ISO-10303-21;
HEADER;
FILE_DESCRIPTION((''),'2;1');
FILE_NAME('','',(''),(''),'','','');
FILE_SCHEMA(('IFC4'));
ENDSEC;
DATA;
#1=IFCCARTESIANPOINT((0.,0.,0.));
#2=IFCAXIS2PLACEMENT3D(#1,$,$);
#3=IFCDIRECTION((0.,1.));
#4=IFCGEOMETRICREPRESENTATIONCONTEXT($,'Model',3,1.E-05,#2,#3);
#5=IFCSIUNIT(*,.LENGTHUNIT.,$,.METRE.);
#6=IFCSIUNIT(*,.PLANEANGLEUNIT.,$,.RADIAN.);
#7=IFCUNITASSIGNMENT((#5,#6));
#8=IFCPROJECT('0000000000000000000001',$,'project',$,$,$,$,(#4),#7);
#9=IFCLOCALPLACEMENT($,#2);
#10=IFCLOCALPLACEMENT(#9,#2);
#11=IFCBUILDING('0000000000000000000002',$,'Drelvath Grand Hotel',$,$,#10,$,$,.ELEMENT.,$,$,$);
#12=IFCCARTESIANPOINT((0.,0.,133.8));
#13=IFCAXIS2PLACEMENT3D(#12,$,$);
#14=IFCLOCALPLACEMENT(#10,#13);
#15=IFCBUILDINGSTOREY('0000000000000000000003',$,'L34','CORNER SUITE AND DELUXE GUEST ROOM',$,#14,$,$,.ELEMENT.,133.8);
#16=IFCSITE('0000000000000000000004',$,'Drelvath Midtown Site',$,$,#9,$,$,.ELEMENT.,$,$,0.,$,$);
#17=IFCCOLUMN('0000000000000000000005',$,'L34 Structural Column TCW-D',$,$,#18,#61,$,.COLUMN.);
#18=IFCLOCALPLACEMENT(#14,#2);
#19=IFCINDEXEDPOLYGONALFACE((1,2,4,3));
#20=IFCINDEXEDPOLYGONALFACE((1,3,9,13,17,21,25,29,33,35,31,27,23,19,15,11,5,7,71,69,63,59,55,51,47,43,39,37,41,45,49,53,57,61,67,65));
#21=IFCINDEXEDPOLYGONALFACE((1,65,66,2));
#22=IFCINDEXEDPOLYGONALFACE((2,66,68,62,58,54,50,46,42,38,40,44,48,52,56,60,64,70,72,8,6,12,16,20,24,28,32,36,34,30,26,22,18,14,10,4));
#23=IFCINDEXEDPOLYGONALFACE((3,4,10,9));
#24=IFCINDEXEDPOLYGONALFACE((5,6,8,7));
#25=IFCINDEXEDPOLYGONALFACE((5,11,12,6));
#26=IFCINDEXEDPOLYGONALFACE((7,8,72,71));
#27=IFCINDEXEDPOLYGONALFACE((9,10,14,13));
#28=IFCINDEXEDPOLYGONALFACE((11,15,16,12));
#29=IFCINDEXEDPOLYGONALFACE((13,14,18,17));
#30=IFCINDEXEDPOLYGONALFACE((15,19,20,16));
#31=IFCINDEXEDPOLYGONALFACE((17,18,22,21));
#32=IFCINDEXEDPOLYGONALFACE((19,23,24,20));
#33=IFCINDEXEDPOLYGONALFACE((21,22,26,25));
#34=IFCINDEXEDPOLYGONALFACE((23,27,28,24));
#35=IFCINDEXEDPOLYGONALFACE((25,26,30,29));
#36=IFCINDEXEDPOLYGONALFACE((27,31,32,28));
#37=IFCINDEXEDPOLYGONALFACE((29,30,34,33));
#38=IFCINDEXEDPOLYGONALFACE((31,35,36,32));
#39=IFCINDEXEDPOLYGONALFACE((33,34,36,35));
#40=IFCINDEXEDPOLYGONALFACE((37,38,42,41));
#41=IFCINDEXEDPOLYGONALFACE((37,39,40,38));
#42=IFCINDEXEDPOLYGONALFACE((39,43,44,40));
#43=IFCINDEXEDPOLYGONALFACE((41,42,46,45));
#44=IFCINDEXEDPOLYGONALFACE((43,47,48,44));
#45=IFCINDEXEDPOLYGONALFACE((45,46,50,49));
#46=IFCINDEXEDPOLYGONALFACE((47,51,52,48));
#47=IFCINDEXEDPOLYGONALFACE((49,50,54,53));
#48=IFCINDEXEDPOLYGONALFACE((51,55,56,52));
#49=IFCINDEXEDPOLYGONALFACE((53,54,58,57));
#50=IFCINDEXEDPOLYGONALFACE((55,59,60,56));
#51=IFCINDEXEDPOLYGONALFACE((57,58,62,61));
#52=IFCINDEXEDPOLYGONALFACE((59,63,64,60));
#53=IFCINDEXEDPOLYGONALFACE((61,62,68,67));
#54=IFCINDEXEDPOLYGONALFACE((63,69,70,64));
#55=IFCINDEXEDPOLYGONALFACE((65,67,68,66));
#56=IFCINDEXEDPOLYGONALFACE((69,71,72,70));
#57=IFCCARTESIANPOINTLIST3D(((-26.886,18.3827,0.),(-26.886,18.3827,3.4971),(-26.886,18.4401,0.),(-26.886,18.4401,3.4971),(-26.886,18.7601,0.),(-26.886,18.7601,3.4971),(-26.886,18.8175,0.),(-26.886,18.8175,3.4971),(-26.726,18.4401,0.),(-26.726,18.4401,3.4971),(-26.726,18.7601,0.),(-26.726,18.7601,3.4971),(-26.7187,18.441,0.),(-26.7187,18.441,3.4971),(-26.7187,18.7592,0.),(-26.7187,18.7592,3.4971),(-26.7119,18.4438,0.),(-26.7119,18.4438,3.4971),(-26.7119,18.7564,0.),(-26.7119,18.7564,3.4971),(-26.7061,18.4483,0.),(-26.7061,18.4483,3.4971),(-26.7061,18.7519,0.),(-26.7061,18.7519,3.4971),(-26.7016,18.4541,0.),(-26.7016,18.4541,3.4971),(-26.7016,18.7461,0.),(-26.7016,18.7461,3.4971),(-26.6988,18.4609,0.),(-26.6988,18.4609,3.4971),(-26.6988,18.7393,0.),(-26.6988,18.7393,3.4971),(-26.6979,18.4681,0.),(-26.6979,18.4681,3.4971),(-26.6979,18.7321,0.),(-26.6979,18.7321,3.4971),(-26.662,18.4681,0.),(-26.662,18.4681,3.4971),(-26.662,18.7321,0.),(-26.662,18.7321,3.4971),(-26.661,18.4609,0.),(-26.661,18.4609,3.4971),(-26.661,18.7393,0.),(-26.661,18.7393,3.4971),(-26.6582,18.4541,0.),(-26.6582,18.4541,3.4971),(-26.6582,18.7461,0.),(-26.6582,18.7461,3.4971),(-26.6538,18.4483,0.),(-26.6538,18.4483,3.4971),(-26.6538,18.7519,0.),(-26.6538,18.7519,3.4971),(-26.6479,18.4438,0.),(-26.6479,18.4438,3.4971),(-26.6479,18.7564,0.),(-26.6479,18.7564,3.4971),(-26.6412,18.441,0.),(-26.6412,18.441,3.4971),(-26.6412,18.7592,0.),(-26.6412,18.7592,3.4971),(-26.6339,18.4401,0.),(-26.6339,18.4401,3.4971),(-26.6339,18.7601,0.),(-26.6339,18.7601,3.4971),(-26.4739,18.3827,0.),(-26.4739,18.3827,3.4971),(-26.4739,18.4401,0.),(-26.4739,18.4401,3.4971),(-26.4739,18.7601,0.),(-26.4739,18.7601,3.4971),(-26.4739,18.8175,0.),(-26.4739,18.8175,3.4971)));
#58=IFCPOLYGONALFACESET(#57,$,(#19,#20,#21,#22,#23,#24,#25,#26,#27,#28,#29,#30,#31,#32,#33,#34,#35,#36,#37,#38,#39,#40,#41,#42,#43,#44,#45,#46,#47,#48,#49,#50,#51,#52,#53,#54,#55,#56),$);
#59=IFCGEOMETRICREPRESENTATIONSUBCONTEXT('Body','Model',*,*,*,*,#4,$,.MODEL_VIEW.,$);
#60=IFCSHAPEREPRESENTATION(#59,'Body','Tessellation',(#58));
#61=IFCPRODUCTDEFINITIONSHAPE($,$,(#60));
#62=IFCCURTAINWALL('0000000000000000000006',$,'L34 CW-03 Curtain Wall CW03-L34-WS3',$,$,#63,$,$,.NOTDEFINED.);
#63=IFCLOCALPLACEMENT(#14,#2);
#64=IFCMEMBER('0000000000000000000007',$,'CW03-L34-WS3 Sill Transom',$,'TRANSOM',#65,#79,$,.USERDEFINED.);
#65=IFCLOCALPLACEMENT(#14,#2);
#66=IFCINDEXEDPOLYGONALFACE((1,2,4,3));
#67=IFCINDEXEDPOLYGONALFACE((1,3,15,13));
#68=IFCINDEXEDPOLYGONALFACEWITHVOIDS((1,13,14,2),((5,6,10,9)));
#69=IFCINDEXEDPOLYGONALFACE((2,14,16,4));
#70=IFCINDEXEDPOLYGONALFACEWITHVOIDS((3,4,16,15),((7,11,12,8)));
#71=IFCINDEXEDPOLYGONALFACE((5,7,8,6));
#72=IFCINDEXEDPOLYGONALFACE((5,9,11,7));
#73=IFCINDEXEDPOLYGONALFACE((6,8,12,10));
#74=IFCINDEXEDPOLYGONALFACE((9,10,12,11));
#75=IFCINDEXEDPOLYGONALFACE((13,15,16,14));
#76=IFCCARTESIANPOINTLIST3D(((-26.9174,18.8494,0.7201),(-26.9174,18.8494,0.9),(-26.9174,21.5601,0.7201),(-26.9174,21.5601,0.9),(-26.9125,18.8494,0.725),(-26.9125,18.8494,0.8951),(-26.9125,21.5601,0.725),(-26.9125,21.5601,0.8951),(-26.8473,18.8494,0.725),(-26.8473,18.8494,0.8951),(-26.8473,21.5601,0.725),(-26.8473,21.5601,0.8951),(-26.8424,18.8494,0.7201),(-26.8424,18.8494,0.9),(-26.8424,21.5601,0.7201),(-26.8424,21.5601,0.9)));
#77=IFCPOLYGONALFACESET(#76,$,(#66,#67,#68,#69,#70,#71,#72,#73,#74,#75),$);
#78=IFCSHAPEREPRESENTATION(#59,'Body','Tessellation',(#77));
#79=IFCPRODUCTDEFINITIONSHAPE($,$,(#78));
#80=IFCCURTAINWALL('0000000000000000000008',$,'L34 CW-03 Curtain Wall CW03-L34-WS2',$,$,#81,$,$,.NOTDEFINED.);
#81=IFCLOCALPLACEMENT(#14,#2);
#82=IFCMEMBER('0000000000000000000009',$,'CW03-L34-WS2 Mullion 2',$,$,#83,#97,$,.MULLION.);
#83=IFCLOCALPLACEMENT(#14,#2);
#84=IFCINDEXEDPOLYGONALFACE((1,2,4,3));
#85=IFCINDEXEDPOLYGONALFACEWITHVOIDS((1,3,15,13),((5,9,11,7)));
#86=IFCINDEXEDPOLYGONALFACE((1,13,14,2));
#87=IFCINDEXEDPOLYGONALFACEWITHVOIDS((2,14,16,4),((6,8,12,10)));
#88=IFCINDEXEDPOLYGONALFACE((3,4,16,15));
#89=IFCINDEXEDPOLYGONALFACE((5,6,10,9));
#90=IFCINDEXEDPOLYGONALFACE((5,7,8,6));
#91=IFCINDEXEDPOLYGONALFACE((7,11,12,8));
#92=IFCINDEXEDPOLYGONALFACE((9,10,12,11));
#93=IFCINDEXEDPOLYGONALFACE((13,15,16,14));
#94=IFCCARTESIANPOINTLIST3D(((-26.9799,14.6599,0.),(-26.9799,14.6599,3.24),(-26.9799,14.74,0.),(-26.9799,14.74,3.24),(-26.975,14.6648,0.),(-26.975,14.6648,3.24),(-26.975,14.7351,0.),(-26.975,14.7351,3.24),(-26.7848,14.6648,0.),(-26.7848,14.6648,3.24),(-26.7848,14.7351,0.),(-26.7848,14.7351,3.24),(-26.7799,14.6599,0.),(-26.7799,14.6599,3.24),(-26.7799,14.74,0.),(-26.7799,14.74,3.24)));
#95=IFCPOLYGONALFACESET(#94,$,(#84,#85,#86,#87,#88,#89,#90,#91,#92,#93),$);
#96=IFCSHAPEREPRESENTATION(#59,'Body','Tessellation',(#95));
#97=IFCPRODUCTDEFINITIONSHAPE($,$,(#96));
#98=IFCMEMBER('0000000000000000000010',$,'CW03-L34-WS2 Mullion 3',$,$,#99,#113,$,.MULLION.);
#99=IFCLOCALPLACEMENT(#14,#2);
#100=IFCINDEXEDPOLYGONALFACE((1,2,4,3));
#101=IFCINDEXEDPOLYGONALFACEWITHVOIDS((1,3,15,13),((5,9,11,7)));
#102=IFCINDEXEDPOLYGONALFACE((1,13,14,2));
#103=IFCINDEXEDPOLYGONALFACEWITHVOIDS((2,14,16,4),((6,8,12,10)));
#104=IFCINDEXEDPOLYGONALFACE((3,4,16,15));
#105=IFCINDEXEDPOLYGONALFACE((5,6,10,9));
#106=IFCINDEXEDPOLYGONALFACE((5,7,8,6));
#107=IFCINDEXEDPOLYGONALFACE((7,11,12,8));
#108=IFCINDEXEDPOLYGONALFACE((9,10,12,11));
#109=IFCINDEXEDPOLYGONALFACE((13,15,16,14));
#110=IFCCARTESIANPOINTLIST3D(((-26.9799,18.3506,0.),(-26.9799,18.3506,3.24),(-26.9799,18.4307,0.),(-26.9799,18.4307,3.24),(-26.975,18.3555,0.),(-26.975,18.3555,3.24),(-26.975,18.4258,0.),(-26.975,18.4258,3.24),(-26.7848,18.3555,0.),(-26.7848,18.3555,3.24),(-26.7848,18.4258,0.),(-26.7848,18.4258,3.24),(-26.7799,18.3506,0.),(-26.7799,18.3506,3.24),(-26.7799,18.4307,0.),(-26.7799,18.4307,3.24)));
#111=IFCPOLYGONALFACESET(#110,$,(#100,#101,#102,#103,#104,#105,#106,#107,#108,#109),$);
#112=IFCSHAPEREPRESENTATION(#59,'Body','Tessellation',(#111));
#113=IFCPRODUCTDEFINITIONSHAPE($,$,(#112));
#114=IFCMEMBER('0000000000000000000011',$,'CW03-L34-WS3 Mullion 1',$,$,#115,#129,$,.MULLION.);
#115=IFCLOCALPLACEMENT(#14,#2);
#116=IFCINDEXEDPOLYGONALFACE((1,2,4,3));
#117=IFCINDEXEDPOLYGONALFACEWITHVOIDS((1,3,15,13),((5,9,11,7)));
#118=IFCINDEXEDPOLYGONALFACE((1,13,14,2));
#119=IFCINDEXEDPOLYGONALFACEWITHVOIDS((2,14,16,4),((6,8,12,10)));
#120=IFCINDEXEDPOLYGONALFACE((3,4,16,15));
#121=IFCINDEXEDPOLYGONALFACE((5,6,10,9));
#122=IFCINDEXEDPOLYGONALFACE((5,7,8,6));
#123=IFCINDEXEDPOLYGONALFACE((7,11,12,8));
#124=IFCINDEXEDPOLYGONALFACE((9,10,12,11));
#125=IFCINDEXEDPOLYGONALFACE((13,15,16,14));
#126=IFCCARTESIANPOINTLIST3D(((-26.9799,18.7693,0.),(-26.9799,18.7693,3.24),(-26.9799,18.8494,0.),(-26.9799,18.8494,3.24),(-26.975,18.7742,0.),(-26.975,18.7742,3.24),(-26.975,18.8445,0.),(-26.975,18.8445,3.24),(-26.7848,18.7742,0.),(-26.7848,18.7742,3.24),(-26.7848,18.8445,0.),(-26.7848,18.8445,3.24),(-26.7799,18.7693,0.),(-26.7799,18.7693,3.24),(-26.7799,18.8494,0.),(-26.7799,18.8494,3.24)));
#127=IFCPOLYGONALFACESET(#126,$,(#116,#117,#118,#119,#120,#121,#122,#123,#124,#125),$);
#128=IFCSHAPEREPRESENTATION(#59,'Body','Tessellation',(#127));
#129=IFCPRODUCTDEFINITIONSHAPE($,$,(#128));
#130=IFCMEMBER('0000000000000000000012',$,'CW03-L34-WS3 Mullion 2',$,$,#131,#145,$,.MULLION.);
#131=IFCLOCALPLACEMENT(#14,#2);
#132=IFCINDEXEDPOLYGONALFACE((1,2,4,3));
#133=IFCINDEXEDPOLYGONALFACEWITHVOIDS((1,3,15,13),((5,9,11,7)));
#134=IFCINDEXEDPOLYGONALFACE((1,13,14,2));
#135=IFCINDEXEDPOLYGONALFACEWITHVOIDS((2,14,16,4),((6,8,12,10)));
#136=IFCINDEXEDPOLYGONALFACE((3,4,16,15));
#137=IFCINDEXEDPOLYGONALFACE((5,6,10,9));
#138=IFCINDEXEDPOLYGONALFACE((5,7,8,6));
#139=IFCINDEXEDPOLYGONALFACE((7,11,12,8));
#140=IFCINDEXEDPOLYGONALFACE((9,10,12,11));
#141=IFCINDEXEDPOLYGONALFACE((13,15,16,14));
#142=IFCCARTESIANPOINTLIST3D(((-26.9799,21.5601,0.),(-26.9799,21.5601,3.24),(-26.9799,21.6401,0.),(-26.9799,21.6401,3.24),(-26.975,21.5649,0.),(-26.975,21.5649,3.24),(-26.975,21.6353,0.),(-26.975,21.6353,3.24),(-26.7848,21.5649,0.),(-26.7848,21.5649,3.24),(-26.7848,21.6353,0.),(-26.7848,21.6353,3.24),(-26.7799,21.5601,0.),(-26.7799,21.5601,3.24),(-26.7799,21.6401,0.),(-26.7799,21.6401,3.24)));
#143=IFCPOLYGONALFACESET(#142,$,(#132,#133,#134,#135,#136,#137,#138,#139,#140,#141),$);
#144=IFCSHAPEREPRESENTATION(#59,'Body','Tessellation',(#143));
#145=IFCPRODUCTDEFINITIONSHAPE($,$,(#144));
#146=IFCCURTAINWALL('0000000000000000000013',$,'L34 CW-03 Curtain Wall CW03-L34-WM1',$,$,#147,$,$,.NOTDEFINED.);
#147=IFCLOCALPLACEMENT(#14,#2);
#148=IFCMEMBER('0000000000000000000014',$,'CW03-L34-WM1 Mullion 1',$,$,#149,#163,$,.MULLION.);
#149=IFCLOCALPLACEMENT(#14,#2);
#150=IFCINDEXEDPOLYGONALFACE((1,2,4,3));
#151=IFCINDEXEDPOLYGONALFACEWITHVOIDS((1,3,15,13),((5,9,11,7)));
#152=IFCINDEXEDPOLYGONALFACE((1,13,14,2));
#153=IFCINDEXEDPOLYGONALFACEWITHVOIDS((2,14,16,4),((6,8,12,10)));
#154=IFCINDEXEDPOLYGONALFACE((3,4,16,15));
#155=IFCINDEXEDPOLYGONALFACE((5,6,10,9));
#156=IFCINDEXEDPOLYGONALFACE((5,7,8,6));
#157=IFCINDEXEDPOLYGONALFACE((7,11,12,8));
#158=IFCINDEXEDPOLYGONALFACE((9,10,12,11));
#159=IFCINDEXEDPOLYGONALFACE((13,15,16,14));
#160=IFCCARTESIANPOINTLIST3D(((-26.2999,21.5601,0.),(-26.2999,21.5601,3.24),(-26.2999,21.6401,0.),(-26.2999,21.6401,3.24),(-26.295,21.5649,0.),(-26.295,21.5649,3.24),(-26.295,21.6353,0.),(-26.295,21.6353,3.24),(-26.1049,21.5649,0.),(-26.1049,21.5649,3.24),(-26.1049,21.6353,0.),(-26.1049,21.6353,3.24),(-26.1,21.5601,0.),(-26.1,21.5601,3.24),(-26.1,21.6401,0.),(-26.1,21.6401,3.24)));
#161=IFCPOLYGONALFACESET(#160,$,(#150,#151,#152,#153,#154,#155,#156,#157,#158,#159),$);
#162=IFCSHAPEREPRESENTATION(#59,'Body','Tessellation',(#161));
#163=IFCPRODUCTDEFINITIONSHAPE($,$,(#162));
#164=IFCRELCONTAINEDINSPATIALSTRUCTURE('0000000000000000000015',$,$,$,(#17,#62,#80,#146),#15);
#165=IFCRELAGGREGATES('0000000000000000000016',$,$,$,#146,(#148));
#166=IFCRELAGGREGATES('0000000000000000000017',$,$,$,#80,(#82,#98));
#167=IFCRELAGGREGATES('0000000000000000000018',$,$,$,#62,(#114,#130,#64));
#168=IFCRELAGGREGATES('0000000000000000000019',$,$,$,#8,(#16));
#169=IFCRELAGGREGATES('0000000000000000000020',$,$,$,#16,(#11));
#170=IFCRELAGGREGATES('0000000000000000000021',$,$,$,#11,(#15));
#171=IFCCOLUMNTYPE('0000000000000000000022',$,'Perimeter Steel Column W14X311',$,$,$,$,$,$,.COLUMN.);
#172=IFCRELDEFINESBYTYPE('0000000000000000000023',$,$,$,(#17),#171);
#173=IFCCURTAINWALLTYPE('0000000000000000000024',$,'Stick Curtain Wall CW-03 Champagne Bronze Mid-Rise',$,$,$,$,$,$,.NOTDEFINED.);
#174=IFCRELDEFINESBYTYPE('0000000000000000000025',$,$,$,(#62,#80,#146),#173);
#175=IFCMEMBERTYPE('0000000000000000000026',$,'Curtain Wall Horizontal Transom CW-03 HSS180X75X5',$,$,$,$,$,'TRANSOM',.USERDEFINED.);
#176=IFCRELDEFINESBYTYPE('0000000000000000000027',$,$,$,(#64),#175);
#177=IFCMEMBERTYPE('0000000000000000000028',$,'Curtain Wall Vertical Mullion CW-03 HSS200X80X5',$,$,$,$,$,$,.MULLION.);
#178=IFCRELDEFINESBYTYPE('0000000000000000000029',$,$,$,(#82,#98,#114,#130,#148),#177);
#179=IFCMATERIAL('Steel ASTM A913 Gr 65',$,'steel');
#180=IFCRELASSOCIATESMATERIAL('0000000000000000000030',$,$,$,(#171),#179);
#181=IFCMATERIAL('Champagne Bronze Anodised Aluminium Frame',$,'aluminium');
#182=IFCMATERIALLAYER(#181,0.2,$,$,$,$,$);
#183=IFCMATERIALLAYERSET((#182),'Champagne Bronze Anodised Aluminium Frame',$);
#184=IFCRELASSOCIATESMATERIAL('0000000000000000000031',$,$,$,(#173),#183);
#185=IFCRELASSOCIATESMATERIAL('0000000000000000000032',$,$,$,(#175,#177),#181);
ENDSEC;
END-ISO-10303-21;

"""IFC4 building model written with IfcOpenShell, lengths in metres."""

from ifc_helpers import new_model, si_unit, direction, frame, origin, origin_2d, place, context, subcontext, project, spatial, hollow_rectangle, i_section, extrude, material, layer, layer_set, material_profile, profile_set, type_object, element, aggregate, save


model = new_model("IFC4")

# Units and contexts
model_context = context("Model", 3, precision=1e-05, world=origin(), true_north=direction((0.0, 1.0)))
body_context = subcontext(model_context, "Body", "Model", "MODEL_VIEW")
ifc_project = project(units=[si_unit("LENGTHUNIT", "METRE"), si_unit("PLANEANGLEUNIT", "RADIAN")], contexts=[model_context])

# Site, building, storey
site_placement = place(None, origin())
site = spatial("IfcSite", under=ifc_project, at=site_placement, Name="Drelvath Midtown Site", CompositionType="ELEMENT", RefElevation=0.0)
building_placement = place(site_placement, origin())
building = spatial("IfcBuilding", under=site, at=building_placement, Name="Drelvath Grand Hotel", CompositionType="ELEMENT")
storey_placement = place(building_placement, frame((0.0, 0.0, 133.8)))
storey = spatial("IfcBuildingStorey", under=building, at=storey_placement, Name="L34", Description="CORNER SUITE AND DELUXE GUEST ROOM", CompositionType="ELEMENT", Elevation=133.8)

# Column
ifc_material_1 = material(Name="Steel ASTM A913 Gr 65", Category="steel")
ifc_material_profile_1 = material_profile(ifc_material_1, i_section(OverallWidth=0.4121, OverallDepth=0.4348, WebThickness=0.0359, FlangeThickness=0.0574, FilletRadius=0.0281, at=origin_2d()), Name="W14X311")
ifc_profile_set_1 = profile_set([ifc_material_profile_1], Name="Steel ASTM A913 Gr 65")
column_type = type_object("IfcColumnType", Name="Perimeter Steel Column W14X311", PredefinedType="COLUMN", material=ifc_profile_set_1)
column_placement = place(storey_placement, frame((-26.6799, 18.6001, 0.0), z_axis=(0.0, 0.0, 1.0), x_axis=(1.0, 0.0, 0.0)))
element("IfcColumn", 1, at=column_placement, inside=storey, type_object=column_type, Name="L34 Structural Column TCW-D", PredefinedType="COLUMN", context=body_context, shape_type="SweptSolid", body=[
    extrude(i_section(OverallWidth=0.4121, OverallDepth=0.4348, WebThickness=0.0359, FlangeThickness=0.0574, FilletRadius=0.0281, at=origin_2d()), origin(), (0.0, 0.0, 1.0), 3.4971),
])

# Curtain wall, member
ifc_material_2 = material(Name="Champagne Bronze Anodised Aluminium Frame", Category="aluminium")
ifc_layer_1 = layer(ifc_material_2, 0.2)
ifc_layer_set_1 = layer_set([ifc_layer_1], Name="Champagne Bronze Anodised Aluminium Frame")
curtain_wall_type = type_object("IfcCurtainWallType", Name="Stick Curtain Wall CW-03 Champagne Bronze Mid-Rise", PredefinedType="NOTDEFINED", material=ifc_layer_set_1)
curtain_wall_1_placement = place(storey_placement, origin())
curtain_wall_1 = element("IfcCurtainWall", 2, at=curtain_wall_1_placement, inside=storey, type_object=curtain_wall_type, Name="L34 CW-03 Curtain Wall CW03-L34-WS3", PredefinedType="NOTDEFINED")
ifc_material_profile_2 = material_profile(ifc_material_2, hollow_rectangle(XDim=0.075, YDim=0.1799, WallThickness=0.0049, at=origin_2d()), Name="HSS180X75X5")
ifc_profile_set_2 = profile_set([ifc_material_profile_2], Name="Champagne Bronze Anodised Aluminium Frame")
member_type_1 = type_object("IfcMemberType", Name="Curtain Wall Horizontal Transom CW-03 HSS180X75X5", ElementType="TRANSOM", PredefinedType="USERDEFINED", material=ifc_profile_set_2)
member_1_placement = place(storey_placement, frame((-26.8799, 18.8494, 0.8101), z_axis=(0.0, 1.0, 0.0), x_axis=(-1.0, 0.0, 0.0)))
member_1 = element("IfcMember", 3, at=member_1_placement, type_object=member_type_1, Name="CW03-L34-WS3 Sill Transom", ObjectType="TRANSOM", PredefinedType="USERDEFINED", context=body_context, shape_type="SweptSolid", body=[
    extrude(hollow_rectangle(XDim=0.075, YDim=0.1799, WallThickness=0.0049, at=origin_2d()), origin(), (0.0, 0.0, 1.0), 2.7107),
])

# Curtain wall, members
curtain_wall_2_placement = place(storey_placement, origin())
curtain_wall_2 = element("IfcCurtainWall", 4, at=curtain_wall_2_placement, inside=storey, type_object=curtain_wall_type, Name="L34 CW-03 Curtain Wall CW03-L34-WS2", PredefinedType="NOTDEFINED")
ifc_material_profile_3 = material_profile(ifc_material_2, hollow_rectangle(XDim=0.0801, YDim=0.2, WallThickness=0.0049, at=origin_2d()), Name="HSS200X80X5")
ifc_profile_set_3 = profile_set([ifc_material_profile_3], Name="Champagne Bronze Anodised Aluminium Frame")
member_type_2 = type_object("IfcMemberType", Name="Curtain Wall Vertical Mullion CW-03 HSS200X80X5", PredefinedType="MULLION", material=ifc_profile_set_3)
member_2_placement = place(storey_placement, frame((-26.8799, 14.7, 0.0), z_axis=(0.0, 0.0, 1.0), x_axis=(0.0, 1.0, 0.0)))
member_2 = element("IfcMember", 5, at=member_2_placement, type_object=member_type_2, Name="CW03-L34-WS2 Mullion 2", PredefinedType="MULLION", context=body_context, shape_type="SweptSolid", body=[
    extrude(hollow_rectangle(XDim=0.0801, YDim=0.2, WallThickness=0.0049, at=origin_2d()), origin(), (0.0, 0.0, 1.0), 3.24),
])
member_3_placement = place(storey_placement, frame((-26.8799, 18.3906, 0.0), z_axis=(0.0, 0.0, 1.0), x_axis=(0.0, 1.0, 0.0)))
member_3 = element("IfcMember", 6, at=member_3_placement, type_object=member_type_2, Name="CW03-L34-WS2 Mullion 3", PredefinedType="MULLION", context=body_context, shape_type="SweptSolid", body=[
    extrude(hollow_rectangle(XDim=0.0801, YDim=0.2, WallThickness=0.0049, at=origin_2d()), origin(), (0.0, 0.0, 1.0), 3.24),
])

# Members
member_4_placement = place(storey_placement, frame((-26.8799, 18.8093, 0.0), z_axis=(0.0, 0.0, 1.0), x_axis=(0.0, 1.0, 0.0)))
member_4 = element("IfcMember", 7, at=member_4_placement, type_object=member_type_2, Name="CW03-L34-WS3 Mullion 1", PredefinedType="MULLION", context=body_context, shape_type="SweptSolid", body=[
    extrude(hollow_rectangle(XDim=0.0801, YDim=0.2, WallThickness=0.0049, at=origin_2d()), origin(), (0.0, 0.0, 1.0), 3.24),
])
member_5_placement = place(storey_placement, frame((-26.8799, 21.6001, 0.0), z_axis=(0.0, 0.0, 1.0), x_axis=(0.0, 1.0, 0.0)))
member_5 = element("IfcMember", 8, at=member_5_placement, type_object=member_type_2, Name="CW03-L34-WS3 Mullion 2", PredefinedType="MULLION", context=body_context, shape_type="SweptSolid", body=[
    extrude(hollow_rectangle(XDim=0.0801, YDim=0.2, WallThickness=0.0049, at=origin_2d()), origin(), (0.0, 0.0, 1.0), 3.24),
])

# Curtain wall, member
curtain_wall_3_placement = place(storey_placement, origin())
curtain_wall_3 = element("IfcCurtainWall", 9, at=curtain_wall_3_placement, inside=storey, type_object=curtain_wall_type, Name="L34 CW-03 Curtain Wall CW03-L34-WM1", PredefinedType="NOTDEFINED")
member_6_placement = place(storey_placement, frame((-26.2, 21.6001, 0.0), z_axis=(0.0, 0.0, 1.0), x_axis=(0.0, 1.0, 0.0)))
member_6 = element("IfcMember", 10, at=member_6_placement, type_object=member_type_2, Name="CW03-L34-WM1 Mullion 1", PredefinedType="MULLION", context=body_context, shape_type="SweptSolid", body=[
    extrude(hollow_rectangle(XDim=0.0801, YDim=0.2, WallThickness=0.0049, at=origin_2d()), origin(), (0.0, 0.0, 1.0), 3.24),
])
aggregate(curtain_wall_3, [member_6])

aggregate(curtain_wall_2, [member_2, member_3])
aggregate(curtain_wall_1, [member_4, member_5, member_1])

save(model, "model.ifc")
